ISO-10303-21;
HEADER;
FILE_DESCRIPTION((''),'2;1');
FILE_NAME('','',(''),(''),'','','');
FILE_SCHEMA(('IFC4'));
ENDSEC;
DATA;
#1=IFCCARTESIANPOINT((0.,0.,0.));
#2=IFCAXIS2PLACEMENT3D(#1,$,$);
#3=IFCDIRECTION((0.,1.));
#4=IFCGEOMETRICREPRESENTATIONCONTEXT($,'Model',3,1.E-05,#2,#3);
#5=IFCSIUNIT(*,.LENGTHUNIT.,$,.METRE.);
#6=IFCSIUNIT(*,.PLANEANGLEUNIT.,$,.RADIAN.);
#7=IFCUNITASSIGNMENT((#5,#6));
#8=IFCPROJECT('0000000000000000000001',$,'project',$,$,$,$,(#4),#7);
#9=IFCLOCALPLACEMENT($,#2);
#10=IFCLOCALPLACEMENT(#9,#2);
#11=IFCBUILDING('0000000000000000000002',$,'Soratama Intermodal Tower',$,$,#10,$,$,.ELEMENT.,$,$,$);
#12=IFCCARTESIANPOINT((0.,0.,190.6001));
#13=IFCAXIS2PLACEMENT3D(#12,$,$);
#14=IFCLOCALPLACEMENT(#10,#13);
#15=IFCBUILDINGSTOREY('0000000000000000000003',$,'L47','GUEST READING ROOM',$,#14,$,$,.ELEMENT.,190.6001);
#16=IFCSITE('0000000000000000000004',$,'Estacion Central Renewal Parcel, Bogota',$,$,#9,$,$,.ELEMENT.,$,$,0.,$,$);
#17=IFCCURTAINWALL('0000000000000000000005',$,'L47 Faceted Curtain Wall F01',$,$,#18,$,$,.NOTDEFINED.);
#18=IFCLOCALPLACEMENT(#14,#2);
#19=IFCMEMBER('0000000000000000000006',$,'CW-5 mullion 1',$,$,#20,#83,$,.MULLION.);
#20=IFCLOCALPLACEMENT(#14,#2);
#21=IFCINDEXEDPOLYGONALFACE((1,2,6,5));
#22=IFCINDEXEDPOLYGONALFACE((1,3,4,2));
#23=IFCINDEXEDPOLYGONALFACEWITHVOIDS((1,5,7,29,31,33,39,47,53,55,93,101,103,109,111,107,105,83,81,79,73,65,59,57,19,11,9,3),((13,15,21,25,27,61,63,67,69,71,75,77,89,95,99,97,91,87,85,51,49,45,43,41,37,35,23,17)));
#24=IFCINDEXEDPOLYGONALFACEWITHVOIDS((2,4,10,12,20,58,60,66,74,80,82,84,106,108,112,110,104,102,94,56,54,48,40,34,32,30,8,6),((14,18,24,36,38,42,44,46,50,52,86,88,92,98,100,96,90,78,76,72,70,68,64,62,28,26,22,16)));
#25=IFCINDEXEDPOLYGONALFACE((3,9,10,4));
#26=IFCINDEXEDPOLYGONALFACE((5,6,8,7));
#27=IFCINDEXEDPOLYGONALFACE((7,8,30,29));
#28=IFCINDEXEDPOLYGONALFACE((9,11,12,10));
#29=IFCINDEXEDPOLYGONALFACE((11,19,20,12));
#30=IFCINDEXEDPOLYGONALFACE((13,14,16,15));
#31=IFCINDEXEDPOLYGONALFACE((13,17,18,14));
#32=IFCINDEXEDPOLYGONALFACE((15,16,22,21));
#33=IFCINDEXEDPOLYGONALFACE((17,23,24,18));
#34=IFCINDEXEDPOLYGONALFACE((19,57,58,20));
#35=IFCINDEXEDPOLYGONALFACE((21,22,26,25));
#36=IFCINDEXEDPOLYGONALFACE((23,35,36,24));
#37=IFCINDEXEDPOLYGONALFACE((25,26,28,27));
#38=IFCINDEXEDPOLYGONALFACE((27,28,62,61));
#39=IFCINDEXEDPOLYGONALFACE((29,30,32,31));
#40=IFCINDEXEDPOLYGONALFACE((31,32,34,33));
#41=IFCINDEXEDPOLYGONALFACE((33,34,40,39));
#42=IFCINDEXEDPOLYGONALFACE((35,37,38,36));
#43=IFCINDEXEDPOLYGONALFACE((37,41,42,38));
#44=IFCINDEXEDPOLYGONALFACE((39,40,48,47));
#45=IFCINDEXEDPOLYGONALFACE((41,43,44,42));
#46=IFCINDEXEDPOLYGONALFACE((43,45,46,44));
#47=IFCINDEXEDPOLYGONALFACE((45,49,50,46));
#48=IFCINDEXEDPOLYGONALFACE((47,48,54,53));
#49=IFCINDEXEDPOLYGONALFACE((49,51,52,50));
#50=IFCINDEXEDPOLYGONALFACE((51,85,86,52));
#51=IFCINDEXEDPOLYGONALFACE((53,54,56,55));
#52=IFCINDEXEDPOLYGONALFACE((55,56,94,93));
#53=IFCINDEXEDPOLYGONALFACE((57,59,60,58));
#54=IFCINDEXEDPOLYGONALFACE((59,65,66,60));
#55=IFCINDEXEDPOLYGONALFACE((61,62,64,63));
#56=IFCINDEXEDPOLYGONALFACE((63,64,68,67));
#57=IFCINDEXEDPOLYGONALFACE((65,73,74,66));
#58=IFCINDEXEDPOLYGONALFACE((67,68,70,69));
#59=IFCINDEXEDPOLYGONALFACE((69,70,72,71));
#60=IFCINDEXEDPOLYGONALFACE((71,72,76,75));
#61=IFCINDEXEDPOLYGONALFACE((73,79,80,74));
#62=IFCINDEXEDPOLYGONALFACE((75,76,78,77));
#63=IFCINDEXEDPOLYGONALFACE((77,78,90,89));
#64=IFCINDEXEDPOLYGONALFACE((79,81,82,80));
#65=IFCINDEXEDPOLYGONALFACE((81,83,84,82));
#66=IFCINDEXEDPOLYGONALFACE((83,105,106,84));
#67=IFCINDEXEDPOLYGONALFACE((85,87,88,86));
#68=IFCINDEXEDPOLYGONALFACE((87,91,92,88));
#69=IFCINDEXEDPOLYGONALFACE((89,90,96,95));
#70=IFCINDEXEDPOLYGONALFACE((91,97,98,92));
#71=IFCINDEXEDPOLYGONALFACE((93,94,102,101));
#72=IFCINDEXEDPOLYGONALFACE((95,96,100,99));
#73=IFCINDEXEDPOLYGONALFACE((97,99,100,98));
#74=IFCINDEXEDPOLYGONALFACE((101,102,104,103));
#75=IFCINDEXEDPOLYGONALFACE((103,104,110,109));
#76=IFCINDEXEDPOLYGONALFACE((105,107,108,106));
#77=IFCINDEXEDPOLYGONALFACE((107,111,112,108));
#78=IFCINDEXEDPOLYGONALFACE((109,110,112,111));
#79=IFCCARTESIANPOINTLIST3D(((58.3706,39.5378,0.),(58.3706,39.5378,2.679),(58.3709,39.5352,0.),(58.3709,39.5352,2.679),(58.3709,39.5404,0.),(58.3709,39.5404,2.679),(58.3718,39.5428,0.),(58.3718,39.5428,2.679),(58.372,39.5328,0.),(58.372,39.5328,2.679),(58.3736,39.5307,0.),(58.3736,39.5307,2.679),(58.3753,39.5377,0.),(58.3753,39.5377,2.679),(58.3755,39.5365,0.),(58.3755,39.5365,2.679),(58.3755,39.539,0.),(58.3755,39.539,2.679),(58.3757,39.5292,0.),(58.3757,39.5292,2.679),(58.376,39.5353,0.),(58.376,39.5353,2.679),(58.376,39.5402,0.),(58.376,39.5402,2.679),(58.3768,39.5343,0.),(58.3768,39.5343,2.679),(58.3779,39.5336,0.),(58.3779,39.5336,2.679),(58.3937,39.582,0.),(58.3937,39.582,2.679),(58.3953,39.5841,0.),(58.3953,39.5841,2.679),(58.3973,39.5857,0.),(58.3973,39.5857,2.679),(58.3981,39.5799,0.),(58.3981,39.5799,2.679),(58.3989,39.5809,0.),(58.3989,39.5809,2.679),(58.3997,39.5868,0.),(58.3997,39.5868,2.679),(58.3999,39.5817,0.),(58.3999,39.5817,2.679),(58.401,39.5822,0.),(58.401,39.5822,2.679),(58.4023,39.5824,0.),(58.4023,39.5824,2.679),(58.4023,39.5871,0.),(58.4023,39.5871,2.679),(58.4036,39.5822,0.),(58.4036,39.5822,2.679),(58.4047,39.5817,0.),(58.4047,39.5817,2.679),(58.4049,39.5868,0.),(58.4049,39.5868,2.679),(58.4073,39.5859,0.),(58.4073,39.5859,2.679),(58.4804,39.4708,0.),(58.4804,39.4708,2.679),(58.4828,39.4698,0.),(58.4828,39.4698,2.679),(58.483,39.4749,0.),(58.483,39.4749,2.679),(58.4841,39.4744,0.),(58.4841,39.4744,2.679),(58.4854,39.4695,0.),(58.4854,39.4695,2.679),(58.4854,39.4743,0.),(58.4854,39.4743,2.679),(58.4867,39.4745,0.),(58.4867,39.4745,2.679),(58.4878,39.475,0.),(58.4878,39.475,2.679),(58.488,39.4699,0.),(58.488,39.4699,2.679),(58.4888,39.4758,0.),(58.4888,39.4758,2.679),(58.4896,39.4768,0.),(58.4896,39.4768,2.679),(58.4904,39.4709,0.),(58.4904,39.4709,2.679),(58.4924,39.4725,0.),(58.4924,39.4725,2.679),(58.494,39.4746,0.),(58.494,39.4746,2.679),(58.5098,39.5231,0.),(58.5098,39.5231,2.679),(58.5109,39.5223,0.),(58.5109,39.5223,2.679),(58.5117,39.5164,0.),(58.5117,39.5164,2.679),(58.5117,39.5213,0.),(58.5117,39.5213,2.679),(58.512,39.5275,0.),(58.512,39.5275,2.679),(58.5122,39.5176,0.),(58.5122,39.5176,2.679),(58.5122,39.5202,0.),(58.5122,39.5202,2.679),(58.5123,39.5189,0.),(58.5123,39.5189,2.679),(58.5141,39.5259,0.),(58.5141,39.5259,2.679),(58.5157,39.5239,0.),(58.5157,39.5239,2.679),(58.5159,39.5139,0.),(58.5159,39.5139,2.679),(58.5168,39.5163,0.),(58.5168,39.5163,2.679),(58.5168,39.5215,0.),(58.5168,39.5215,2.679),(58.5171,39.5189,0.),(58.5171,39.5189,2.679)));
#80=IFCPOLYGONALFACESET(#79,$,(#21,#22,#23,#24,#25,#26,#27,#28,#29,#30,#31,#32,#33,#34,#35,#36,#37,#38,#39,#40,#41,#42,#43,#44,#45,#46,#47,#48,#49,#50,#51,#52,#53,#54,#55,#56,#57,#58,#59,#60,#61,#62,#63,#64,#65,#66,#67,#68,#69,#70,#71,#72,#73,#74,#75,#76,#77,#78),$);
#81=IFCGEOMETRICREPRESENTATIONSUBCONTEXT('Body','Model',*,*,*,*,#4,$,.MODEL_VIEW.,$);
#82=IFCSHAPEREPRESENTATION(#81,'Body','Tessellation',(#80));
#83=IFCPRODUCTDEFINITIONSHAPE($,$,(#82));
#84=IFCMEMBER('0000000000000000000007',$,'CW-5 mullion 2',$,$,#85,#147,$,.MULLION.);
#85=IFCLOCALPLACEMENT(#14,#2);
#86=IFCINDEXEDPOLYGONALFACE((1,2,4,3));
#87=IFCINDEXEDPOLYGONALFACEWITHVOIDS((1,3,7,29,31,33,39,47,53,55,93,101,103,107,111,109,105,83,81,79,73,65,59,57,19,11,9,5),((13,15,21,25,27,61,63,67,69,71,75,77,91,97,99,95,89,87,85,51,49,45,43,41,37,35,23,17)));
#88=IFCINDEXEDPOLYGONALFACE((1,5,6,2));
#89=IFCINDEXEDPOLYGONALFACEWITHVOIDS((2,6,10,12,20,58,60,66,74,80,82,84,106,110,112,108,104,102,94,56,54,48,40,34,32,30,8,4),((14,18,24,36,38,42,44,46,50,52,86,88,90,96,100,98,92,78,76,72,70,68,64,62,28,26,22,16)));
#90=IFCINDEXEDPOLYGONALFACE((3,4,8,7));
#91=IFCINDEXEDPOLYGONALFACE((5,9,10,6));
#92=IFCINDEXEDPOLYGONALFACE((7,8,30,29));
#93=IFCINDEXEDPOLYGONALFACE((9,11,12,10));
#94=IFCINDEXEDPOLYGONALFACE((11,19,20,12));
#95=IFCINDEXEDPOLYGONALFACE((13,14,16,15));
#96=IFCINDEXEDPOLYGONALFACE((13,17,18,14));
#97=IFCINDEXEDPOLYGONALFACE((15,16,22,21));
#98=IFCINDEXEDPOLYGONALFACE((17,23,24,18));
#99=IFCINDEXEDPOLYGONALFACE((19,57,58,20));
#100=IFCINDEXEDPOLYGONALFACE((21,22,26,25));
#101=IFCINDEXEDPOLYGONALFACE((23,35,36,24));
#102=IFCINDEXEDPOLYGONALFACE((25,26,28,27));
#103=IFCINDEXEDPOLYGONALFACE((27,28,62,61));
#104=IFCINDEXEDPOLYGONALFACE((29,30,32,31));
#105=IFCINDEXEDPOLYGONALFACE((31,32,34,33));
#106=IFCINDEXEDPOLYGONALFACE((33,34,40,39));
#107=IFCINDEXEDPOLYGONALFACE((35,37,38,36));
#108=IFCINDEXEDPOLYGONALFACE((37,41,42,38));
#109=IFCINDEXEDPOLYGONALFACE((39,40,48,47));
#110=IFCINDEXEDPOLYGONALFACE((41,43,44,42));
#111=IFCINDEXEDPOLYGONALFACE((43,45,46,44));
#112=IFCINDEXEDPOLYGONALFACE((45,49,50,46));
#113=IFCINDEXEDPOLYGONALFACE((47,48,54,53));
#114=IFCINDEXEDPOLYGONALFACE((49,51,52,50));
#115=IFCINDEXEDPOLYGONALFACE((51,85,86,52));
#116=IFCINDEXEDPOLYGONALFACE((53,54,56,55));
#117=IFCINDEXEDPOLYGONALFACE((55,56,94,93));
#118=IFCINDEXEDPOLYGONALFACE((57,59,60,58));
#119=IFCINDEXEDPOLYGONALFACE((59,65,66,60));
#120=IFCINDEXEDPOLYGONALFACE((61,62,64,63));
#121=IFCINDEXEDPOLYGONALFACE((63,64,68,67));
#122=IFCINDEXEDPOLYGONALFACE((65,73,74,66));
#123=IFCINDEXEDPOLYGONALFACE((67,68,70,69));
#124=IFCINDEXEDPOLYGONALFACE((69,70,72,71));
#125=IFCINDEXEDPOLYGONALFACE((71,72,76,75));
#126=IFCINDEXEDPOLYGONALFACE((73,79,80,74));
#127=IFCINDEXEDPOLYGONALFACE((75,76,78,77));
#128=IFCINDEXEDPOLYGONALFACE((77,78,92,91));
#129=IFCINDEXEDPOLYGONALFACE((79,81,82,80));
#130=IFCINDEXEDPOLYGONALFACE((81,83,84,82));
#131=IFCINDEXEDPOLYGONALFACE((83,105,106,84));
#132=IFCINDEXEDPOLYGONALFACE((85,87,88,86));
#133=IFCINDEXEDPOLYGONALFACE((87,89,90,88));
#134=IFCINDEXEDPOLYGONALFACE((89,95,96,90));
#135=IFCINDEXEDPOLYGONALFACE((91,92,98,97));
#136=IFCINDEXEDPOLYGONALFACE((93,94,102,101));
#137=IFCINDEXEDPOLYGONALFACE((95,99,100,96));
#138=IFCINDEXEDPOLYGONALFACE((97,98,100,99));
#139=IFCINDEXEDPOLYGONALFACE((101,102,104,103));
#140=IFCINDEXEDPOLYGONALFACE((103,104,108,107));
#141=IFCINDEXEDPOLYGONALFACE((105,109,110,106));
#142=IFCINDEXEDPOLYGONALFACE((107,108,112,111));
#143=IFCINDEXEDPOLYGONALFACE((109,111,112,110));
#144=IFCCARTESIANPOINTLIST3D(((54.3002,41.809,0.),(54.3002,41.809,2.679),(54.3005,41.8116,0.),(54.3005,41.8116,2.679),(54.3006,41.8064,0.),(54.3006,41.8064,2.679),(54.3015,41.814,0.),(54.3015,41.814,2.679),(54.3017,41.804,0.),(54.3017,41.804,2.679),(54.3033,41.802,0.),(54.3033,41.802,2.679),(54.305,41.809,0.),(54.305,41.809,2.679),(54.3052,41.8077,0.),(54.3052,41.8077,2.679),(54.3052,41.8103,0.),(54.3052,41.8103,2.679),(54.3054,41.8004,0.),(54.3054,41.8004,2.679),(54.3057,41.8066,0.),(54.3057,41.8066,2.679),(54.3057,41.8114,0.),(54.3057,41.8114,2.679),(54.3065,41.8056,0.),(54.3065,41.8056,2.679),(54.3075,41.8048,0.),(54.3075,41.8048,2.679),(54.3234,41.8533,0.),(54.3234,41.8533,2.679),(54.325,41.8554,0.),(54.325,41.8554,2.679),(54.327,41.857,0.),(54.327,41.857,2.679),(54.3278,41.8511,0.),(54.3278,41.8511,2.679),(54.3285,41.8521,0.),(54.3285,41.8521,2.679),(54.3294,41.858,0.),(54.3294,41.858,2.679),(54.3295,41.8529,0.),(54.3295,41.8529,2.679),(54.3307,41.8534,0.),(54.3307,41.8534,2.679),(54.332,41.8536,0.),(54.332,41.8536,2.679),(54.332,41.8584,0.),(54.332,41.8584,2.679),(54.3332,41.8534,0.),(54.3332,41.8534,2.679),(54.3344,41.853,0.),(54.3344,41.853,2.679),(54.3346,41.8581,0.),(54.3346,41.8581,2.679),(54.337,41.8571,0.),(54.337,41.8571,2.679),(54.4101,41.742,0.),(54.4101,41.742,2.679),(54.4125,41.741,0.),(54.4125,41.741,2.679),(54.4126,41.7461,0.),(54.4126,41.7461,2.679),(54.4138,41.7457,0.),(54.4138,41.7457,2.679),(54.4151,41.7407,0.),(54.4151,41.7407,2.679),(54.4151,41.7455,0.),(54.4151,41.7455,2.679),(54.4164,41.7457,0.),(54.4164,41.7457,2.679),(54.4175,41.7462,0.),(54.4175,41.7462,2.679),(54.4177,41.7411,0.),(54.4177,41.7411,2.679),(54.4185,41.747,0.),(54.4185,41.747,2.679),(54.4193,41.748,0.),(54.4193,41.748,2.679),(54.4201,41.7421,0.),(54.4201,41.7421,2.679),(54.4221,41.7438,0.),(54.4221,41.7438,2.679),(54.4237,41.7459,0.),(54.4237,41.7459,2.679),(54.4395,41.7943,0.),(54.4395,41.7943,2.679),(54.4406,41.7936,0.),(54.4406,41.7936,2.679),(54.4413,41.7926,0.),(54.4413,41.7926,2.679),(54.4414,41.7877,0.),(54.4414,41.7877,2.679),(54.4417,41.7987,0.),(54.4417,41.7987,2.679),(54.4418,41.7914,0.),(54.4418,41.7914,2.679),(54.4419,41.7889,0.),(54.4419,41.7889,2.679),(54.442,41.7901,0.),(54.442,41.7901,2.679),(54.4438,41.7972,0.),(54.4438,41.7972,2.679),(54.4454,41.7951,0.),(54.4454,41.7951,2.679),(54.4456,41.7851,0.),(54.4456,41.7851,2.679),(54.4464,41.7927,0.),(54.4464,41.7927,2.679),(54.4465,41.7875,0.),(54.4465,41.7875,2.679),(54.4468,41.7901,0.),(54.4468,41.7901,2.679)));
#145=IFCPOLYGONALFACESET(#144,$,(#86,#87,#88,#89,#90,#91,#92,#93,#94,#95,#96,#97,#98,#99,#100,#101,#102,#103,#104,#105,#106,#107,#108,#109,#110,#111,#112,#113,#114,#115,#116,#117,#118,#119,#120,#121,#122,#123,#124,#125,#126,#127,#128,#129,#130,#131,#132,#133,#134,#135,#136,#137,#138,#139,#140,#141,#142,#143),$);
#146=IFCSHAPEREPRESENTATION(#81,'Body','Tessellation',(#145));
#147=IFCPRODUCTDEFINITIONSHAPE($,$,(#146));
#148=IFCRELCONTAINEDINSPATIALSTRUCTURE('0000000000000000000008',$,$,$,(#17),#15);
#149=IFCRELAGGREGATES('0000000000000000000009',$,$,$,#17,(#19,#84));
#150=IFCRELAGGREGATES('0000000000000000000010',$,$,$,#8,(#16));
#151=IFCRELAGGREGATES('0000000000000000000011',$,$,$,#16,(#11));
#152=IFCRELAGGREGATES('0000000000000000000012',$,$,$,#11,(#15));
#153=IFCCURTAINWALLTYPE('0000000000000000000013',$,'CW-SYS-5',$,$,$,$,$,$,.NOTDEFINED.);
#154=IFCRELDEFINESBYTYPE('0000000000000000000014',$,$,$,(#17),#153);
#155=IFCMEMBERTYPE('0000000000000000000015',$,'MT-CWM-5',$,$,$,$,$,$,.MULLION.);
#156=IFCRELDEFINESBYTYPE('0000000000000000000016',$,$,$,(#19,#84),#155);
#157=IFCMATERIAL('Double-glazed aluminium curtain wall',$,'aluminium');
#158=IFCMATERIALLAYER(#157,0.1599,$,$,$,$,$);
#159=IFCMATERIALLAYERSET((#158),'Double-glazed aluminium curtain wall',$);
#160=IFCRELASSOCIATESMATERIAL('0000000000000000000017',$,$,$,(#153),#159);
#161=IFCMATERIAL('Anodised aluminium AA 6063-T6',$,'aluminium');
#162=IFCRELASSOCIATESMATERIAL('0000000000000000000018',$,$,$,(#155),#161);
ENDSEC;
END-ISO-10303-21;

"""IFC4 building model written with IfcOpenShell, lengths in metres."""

from ifc_helpers import new_model, si_unit, direction, frame, origin, origin_2d, place, context, subcontext, project, spatial, hollow_rectangle, extrude, material, layer, layer_set, material_profile, profile_set, type_object, element, aggregate, save


model = new_model("IFC4")

# Units and contexts
model_context = context("Model", 3, precision=1e-05, world=origin(), true_north=direction((0.0, 1.0)))
body_context = subcontext(model_context, "Body", "Model", "MODEL_VIEW")
ifc_project = project(units=[si_unit("LENGTHUNIT", "METRE"), si_unit("PLANEANGLEUNIT", "RADIAN")], contexts=[model_context])

# Site, building, storey
site_placement = place(None, origin())
site = spatial("IfcSite", under=ifc_project, at=site_placement, Name="Estacion Central Renewal Parcel, Bogota", CompositionType="ELEMENT", RefElevation=0.0)
building_placement = place(site_placement, origin())
building = spatial("IfcBuilding", under=site, at=building_placement, Name="Soratama Intermodal Tower", CompositionType="ELEMENT")
storey_placement = place(building_placement, frame((0.0, 0.0, 190.6001)))
storey = spatial("IfcBuildingStorey", under=building, at=storey_placement, Name="L47", Description="GUEST READING ROOM", CompositionType="ELEMENT", Elevation=190.6001)

# Curtain wall, members
ifc_material_1 = material(Name="Double-glazed aluminium curtain wall", Category="aluminium")
ifc_layer_1 = layer(ifc_material_1, 0.1599)
ifc_layer_set_1 = layer_set([ifc_layer_1], Name="Double-glazed aluminium curtain wall")
curtain_wall_type = type_object("IfcCurtainWallType", Name="CW-SYS-5", PredefinedType="NOTDEFINED", material=ifc_layer_set_1)
curtain_wall_1_placement = place(storey_placement, origin())
curtain_wall_1 = element("IfcCurtainWall", 1, at=curtain_wall_1_placement, inside=storey, type_object=curtain_wall_type, Name="L47 Faceted Curtain Wall F01", PredefinedType="NOTDEFINED")
ifc_material_2 = material(Name="Anodised aluminium AA 6063-T6", Category="aluminium")
ifc_material_profile_1 = material_profile(ifc_material_2, hollow_rectangle(XDim=0.0649, YDim=0.1399, WallThickness=0.0049, InnerFilletRadius=0.0049, OuterFilletRadius=0.01, at=origin_2d()), Name="CWM140X65X5")
ifc_profile_set_1 = profile_set([ifc_material_profile_1], Name="Anodised aluminium AA 6063-T6")
member_type_1 = type_object("IfcMemberType", Name="MT-CWM-5", PredefinedType="MULLION", material=ifc_profile_set_1)
member_1_placement = place(storey_placement, frame((58.4438, 39.5283, 0.0), z_axis=(0.0, 0.0, 1.0), x_axis=(-0.487253, -0.873261, 0.0)))
member_1 = element("IfcMember", 2, at=member_1_placement, type_object=member_type_1, Name="CW-5 mullion 1", PredefinedType="MULLION", context=body_context, shape_type="SweptSolid", body=[
    extrude(hollow_rectangle(XDim=0.0649, YDim=0.1399, WallThickness=0.0049, InnerFilletRadius=0.0049, OuterFilletRadius=0.01, at=origin_2d()), origin(), (0.0, 0.0, 1.0), 2.679),
])
member_2_placement = place(storey_placement, frame((54.3735, 41.7996, 0.0), z_axis=(0.0, 0.0, 1.0), x_axis=(-0.487253, -0.873261, 0.0)))
member_2 = element("IfcMember", 3, at=member_2_placement, type_object=member_type_1, Name="CW-5 mullion 2", PredefinedType="MULLION", context=body_context, shape_type="SweptSolid", body=[
    extrude(hollow_rectangle(XDim=0.0649, YDim=0.1399, WallThickness=0.0049, InnerFilletRadius=0.0049, OuterFilletRadius=0.01, at=origin_2d()), origin(), (0.0, 0.0, 1.0), 2.679),
])

aggregate(curtain_wall_1, [member_1, member_2])

save(model, "model.ifc")
